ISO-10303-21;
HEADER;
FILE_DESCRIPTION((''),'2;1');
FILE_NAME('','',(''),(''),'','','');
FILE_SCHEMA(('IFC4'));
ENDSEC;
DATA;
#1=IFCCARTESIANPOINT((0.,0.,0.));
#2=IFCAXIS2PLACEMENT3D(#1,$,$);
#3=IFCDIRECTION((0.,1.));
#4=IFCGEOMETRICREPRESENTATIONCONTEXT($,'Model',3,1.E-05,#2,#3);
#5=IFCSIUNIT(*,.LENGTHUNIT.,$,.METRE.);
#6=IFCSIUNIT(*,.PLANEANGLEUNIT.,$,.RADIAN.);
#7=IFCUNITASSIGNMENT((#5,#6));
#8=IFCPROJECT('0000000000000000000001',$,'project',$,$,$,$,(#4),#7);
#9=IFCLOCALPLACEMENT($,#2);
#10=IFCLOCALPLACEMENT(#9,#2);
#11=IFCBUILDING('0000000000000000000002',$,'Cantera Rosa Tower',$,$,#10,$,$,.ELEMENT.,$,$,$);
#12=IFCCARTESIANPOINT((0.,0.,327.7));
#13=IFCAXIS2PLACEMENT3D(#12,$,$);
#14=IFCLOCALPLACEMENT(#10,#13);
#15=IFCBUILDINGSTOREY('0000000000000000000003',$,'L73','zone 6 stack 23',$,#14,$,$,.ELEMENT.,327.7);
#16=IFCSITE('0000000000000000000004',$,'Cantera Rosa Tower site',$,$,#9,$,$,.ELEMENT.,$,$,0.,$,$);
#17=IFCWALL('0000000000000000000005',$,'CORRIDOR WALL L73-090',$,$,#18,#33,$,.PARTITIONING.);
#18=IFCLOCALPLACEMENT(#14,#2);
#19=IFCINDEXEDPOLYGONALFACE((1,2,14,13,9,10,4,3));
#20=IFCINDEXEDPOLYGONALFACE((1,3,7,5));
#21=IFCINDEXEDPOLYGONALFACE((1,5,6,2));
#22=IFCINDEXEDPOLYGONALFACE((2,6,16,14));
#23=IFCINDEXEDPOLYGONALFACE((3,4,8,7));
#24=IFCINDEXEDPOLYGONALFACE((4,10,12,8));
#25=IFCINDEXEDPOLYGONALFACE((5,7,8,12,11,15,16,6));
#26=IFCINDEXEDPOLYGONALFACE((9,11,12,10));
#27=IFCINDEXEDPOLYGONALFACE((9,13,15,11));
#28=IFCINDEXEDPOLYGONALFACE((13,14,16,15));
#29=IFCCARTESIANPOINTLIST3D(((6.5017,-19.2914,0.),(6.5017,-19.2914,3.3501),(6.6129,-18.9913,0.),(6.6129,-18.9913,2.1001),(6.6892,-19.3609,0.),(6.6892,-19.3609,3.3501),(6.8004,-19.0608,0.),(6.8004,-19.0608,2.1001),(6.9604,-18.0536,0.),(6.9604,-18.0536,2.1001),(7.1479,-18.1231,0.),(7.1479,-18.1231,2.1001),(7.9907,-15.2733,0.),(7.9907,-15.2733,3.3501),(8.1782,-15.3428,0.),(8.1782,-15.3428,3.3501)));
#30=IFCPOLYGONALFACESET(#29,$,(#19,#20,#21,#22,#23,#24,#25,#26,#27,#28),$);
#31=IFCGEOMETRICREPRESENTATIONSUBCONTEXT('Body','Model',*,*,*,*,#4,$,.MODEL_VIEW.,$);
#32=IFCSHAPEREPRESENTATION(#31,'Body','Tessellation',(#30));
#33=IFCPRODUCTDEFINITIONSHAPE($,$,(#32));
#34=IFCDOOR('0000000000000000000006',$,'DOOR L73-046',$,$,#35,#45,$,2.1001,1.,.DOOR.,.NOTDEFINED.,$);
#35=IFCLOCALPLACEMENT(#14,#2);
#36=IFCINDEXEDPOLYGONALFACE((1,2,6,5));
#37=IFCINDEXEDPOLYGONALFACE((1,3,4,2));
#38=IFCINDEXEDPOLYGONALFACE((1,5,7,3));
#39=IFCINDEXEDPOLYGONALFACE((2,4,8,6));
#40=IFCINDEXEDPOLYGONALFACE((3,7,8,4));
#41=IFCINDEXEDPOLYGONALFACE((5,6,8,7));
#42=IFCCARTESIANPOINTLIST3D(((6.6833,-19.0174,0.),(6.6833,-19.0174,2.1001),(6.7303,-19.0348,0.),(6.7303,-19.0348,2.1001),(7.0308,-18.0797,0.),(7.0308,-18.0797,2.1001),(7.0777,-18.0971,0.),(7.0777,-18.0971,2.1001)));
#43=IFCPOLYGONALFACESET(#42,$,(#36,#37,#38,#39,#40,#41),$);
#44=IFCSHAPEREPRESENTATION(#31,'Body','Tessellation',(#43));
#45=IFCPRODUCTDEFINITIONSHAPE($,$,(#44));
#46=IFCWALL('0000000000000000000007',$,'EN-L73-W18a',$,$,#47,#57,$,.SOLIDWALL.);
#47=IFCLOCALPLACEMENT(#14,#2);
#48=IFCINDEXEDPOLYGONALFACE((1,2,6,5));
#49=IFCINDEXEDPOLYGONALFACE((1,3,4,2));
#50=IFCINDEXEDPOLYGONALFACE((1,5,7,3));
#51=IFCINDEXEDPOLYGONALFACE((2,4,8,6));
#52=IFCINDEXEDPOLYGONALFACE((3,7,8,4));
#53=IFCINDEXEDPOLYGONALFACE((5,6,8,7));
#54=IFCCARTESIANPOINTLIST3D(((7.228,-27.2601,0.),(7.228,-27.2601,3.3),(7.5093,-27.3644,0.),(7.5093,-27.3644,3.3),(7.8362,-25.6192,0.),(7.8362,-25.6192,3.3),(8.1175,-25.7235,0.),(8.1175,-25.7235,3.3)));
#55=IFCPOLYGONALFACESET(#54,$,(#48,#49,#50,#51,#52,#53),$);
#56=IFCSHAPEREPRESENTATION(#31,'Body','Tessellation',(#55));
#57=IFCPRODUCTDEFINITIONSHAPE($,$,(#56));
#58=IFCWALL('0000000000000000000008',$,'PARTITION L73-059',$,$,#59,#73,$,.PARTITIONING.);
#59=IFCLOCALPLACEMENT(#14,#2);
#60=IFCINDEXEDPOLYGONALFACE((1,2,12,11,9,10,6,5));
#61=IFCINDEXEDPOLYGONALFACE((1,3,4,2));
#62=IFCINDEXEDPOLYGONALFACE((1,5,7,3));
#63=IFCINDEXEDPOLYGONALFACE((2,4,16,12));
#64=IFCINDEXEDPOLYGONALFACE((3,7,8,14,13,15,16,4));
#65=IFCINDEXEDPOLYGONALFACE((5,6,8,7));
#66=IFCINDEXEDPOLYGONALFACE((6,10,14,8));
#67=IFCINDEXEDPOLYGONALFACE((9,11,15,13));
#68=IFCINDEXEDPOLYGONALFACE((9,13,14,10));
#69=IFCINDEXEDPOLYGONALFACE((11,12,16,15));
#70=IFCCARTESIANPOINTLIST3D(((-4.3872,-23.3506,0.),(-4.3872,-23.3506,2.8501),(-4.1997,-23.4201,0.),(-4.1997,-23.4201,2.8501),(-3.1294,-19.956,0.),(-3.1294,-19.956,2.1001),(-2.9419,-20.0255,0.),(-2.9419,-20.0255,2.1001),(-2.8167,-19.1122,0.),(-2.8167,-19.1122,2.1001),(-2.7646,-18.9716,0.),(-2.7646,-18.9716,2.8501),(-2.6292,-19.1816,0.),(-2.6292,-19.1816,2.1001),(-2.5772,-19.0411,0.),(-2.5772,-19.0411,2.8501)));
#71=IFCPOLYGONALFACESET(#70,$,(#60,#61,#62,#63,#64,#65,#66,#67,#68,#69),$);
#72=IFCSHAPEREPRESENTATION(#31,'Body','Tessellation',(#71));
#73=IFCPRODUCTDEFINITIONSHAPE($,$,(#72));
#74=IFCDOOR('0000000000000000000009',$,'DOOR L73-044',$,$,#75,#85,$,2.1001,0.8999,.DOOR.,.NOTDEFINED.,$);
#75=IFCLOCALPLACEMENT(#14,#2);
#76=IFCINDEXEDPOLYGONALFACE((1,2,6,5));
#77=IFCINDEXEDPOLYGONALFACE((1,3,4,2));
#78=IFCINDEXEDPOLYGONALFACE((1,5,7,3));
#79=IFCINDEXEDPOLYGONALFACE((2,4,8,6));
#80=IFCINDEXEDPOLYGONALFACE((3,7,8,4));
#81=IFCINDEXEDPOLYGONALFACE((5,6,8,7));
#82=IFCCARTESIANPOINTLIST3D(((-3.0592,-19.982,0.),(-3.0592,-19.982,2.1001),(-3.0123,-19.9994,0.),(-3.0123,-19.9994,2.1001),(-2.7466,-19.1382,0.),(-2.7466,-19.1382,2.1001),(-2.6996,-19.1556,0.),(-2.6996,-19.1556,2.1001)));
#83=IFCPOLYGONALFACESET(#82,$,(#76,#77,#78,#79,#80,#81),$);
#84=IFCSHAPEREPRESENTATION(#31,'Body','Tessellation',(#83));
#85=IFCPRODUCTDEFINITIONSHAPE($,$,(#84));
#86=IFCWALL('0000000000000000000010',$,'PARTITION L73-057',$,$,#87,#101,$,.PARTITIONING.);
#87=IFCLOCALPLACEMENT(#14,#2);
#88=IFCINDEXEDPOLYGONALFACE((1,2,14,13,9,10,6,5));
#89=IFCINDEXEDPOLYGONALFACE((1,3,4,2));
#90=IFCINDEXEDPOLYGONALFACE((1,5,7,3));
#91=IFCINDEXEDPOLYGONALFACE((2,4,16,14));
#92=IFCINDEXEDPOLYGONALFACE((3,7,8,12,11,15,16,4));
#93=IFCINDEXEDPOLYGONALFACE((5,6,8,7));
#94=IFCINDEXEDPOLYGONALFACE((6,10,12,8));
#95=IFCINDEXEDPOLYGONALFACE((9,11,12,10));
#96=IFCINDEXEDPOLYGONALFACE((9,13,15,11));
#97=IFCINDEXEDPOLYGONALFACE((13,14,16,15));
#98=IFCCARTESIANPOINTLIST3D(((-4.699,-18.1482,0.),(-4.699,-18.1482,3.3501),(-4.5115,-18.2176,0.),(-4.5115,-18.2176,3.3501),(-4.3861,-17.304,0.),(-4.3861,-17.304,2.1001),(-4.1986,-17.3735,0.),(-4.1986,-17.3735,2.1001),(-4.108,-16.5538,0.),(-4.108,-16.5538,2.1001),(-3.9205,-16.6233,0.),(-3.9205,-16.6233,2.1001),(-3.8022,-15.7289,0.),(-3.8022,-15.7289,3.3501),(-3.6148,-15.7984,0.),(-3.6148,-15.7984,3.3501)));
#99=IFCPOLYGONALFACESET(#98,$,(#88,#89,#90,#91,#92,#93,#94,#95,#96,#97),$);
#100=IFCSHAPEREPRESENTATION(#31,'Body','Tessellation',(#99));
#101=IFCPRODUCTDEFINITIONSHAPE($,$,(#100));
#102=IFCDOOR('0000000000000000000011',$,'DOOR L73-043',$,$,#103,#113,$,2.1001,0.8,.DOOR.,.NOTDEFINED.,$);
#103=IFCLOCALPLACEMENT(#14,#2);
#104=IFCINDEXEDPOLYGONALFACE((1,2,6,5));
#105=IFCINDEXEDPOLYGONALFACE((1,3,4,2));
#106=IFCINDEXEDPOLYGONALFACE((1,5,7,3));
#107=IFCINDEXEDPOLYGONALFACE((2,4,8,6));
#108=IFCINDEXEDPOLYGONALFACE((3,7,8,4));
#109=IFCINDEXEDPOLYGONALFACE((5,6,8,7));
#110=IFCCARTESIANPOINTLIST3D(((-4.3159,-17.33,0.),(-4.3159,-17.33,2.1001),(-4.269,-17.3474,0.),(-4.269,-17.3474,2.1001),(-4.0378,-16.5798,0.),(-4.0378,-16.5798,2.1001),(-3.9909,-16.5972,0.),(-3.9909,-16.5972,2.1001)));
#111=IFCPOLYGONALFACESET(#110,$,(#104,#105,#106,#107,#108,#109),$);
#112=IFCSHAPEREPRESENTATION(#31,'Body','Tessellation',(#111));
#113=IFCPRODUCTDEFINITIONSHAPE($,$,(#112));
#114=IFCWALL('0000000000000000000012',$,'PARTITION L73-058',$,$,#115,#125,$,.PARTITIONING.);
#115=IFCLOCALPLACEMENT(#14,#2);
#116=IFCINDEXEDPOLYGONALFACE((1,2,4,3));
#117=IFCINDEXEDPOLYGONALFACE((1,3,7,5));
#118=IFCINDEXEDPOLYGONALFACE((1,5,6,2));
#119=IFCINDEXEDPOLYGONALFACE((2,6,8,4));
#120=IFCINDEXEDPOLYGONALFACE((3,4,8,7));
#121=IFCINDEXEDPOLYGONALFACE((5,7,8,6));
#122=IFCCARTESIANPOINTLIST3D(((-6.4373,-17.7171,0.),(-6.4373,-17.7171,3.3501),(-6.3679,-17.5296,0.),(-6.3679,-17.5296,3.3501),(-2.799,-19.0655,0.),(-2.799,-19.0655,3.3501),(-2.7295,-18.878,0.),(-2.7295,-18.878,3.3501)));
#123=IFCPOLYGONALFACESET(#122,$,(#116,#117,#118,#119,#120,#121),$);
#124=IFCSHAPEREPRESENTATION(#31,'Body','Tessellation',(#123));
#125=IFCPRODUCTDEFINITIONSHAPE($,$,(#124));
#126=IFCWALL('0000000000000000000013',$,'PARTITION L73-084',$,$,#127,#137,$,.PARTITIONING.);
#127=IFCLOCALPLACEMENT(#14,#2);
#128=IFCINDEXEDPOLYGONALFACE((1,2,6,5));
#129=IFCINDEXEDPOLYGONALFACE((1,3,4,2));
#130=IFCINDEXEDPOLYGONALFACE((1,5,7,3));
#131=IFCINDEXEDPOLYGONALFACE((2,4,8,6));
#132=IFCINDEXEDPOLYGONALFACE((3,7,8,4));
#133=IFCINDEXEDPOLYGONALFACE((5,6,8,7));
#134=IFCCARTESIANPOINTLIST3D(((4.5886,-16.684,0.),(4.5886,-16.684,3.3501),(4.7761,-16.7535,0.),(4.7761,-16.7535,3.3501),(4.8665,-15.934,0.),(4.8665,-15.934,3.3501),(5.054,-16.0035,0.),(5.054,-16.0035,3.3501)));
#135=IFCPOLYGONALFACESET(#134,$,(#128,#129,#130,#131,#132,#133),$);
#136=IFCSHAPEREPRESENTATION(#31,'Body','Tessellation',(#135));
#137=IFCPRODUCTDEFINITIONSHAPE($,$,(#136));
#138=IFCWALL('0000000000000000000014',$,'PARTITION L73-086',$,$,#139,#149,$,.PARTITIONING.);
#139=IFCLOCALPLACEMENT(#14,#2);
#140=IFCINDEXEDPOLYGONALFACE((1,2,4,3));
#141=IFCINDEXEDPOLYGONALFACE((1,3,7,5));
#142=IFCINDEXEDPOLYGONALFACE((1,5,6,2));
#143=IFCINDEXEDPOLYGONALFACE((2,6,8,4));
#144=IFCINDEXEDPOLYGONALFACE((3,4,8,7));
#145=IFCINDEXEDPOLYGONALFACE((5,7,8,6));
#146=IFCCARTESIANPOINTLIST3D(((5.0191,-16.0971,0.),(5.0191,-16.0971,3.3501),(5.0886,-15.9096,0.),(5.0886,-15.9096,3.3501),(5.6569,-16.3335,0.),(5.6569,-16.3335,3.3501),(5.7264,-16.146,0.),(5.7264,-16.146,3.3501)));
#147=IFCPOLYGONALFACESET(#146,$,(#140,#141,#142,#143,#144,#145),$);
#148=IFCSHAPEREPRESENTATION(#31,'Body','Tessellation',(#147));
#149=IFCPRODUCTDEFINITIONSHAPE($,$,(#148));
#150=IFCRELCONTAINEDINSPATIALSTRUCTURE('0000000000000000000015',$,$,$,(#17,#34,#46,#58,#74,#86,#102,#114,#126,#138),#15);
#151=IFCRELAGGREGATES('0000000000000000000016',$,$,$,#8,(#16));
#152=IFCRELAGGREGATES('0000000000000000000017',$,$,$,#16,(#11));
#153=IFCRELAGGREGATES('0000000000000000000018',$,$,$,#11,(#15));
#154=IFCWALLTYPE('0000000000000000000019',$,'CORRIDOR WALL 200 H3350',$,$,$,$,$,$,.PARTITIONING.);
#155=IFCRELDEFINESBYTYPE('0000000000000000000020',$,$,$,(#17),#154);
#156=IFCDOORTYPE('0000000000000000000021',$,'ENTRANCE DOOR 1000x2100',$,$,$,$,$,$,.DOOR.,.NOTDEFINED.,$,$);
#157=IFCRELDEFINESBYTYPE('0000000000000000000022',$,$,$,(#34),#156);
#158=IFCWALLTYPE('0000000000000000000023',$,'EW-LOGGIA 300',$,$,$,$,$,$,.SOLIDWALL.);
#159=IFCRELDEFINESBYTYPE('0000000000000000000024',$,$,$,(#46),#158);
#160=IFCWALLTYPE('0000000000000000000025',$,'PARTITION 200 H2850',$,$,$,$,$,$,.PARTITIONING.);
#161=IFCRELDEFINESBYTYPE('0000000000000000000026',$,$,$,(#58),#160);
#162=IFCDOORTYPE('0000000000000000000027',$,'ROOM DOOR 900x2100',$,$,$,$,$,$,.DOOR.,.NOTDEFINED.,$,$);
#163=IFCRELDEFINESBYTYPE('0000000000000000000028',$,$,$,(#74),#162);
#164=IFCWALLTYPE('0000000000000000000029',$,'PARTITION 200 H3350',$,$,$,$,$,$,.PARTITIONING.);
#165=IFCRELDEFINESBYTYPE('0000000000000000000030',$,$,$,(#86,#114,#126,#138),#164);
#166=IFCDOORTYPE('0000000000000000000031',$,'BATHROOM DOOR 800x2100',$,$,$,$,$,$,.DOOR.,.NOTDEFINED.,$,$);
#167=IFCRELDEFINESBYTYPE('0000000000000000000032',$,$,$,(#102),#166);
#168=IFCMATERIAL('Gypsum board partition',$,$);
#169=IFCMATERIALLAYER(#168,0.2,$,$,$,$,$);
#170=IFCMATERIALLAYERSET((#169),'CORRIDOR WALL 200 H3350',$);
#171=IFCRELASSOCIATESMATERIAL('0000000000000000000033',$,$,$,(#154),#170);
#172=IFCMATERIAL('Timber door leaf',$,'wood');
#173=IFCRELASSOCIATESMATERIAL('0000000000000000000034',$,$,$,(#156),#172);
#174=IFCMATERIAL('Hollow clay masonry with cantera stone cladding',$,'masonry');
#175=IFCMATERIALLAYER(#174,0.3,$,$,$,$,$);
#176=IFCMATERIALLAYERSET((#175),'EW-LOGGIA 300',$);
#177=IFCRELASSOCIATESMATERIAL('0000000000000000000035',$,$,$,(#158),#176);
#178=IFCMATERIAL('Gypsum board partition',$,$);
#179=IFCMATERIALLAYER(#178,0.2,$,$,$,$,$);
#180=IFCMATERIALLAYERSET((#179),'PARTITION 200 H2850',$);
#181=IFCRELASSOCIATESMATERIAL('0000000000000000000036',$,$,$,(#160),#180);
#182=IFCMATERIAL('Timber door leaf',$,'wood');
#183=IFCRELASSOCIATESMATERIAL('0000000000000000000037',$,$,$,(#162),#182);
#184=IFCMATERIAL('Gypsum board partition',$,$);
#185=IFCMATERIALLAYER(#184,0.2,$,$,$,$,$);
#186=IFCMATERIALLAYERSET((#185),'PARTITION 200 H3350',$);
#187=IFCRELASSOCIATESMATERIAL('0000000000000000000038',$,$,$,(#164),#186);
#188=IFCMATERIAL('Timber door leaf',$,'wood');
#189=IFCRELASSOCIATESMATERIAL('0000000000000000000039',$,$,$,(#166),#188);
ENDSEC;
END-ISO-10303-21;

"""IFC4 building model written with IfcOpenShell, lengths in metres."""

from ifc_helpers import new_model, si_unit, direction, frame, frame_2d, origin, place, context, subcontext, project, spatial, rectangle, extrude, material, layer, layer_set, type_object, element, fill, save


model = new_model("IFC4")

# Units and contexts
model_context = context("Model", 3, precision=1e-05, world=origin(), true_north=direction((0.0, 1.0)))
body_context = subcontext(model_context, "Body", "Model", "MODEL_VIEW")
ifc_project = project(units=[si_unit("LENGTHUNIT", "METRE"), si_unit("PLANEANGLEUNIT", "RADIAN")], contexts=[model_context])

# Site, building, storey
site_placement = place(None, origin())
site = spatial("IfcSite", under=ifc_project, at=site_placement, Name="Cantera Rosa Tower site", CompositionType="ELEMENT", RefElevation=0.0)
building_placement = place(site_placement, origin())
building = spatial("IfcBuilding", under=site, at=building_placement, Name="Cantera Rosa Tower", CompositionType="ELEMENT")
storey_placement = place(building_placement, frame((0.0, 0.0, 327.7)))
storey = spatial("IfcBuildingStorey", under=building, at=storey_placement, Name="L73", Description="zone 6 stack 23", CompositionType="ELEMENT", Elevation=327.7)

# Shared definitions
ifc_material_1 = material(Name="Gypsum board partition")
ifc_layer_1 = layer(ifc_material_1, 0.2)
ifc_layer_set_1 = layer_set([ifc_layer_1], Name="CORRIDOR WALL 200 H3350")
wall_type_1 = type_object("IfcWallType", Name="CORRIDOR WALL 200 H3350", PredefinedType="PARTITIONING", material=ifc_layer_set_1)

# Wall, opening, door
wall_1_placement = place(storey_placement, frame((6.5955, -19.3262, 0.0), z_axis=(0.0, 0.0, 1.0), x_axis=(0.347487, 0.937685, 0.0)))
wall_1 = element("IfcWall", 1, at=wall_1_placement, inside=storey, type_object=wall_type_1, Name="CORRIDOR WALL L73-090", PredefinedType="PARTITIONING", context=body_context, shape_type="SweptSolid", body=[
    extrude(rectangle(XDim=4.2852, YDim=0.2, at=frame_2d((2.1426, 0.0))), origin(), (0.0, 0.0, 1.0), 3.3501),
])
opening_1_placement = place(wall_1_placement, frame((0.3201, 0.0, 0.0)))
opening_1 = element("IfcOpeningElement", 2, at=opening_1_placement, cuts=wall_1, PredefinedType="OPENING", context=body_context, shape_type="SweptSolid", body=[
    extrude(rectangle(XDim=1.0, YDim=2.1001, at=frame_2d((0.5, 1.05))), frame((0.0, 0.1099, 0.0), z_axis=(0.0, -1.0, 0.0), x_axis=(1.0, 0.0, 0.0)), (0.0, 0.0, 1.0), 0.22),
])
ifc_material_2 = material(Name="Timber door leaf", Category="wood")
door_type_1 = type_object("IfcDoorType", Name="ENTRANCE DOOR 1000x2100", OperationType="NOTDEFINED", PredefinedType="DOOR", material=ifc_material_2)
door_1_placement = place(opening_1_placement, origin())
door_1 = element("IfcDoor", 3, at=door_1_placement, inside=storey, type_object=door_type_1, Name="DOOR L73-046", OperationType="NOTDEFINED", OverallHeight=2.1001, OverallWidth=1.0, PredefinedType="DOOR", context=body_context, shape_type="SweptSolid", body=[
    extrude(rectangle(XDim=1.0, YDim=2.1001, at=frame_2d((0.5, 1.05))), frame((0.0, 0.0249, 0.0), z_axis=(0.0, -1.0, 0.0), x_axis=(1.0, 0.0, 0.0)), (0.0, 0.0, 1.0), 0.05),
])
fill(opening_1, door_1)

# Wall
ifc_material_3 = material(Name="Hollow clay masonry with cantera stone cladding", Category="masonry")
ifc_layer_2 = layer(ifc_material_3, 0.3)
ifc_layer_set_2 = layer_set([ifc_layer_2], Name="EW-LOGGIA 300")
wall_type_2 = type_object("IfcWallType", Name="EW-LOGGIA 300", PredefinedType="SOLIDWALL", material=ifc_layer_set_2)
wall_2_placement = place(storey_placement, frame((7.3687, -27.3123, 0.0), z_axis=(0.0, 0.0, 1.0), x_axis=(0.347528, 0.93767, 0.0)))
element("IfcWall", 4, at=wall_2_placement, inside=storey, type_object=wall_type_2, Name="EN-L73-W18a", PredefinedType="SOLIDWALL", context=body_context, shape_type="SweptSolid", body=[
    extrude(rectangle(XDim=1.75, YDim=0.3, at=frame_2d((0.875, 0.0))), origin(), (0.0, 0.0, 1.0), 3.3),
])

# Walls, openings, doors
ifc_material_4 = material(Name="Gypsum board partition")
ifc_layer_3 = layer(ifc_material_4, 0.2)
ifc_layer_set_3 = layer_set([ifc_layer_3], Name="PARTITION 200 H2850")
wall_type_3 = type_object("IfcWallType", Name="PARTITION 200 H2850", PredefinedType="PARTITIONING", material=ifc_layer_set_3)
wall_3_placement = place(storey_placement, frame((-2.6709, -19.0063, 0.0), z_axis=(0.0, 0.0, 1.0), x_axis=(-0.347454, -0.937697, 0.0)))
wall_3 = element("IfcWall", 5, at=wall_3_placement, inside=storey, type_object=wall_type_3, Name="PARTITION L73-059", PredefinedType="PARTITIONING", context=body_context, shape_type="SweptSolid", body=[
    extrude(rectangle(XDim=4.6699, YDim=0.2, at=frame_2d((2.335, 0.0))), origin(), (0.0, 0.0, 1.0), 2.8501),
])
opening_2_placement = place(wall_3_placement, frame((0.1499, 0.0, 0.0)))
opening_2 = element("IfcOpeningElement", 6, at=opening_2_placement, cuts=wall_3, PredefinedType="OPENING", context=body_context, shape_type="SweptSolid", body=[
    extrude(rectangle(XDim=0.8999, YDim=2.1001, at=frame_2d((0.45, 1.05))), frame((0.0, 0.1099, 0.0), z_axis=(0.0, -1.0, 0.0), x_axis=(1.0, 0.0, 0.0)), (0.0, 0.0, 1.0), 0.22),
])
ifc_material_5 = material(Name="Timber door leaf", Category="wood")
door_type_2 = type_object("IfcDoorType", Name="ROOM DOOR 900x2100", OperationType="NOTDEFINED", PredefinedType="DOOR", material=ifc_material_5)
door_2_placement = place(opening_2_placement, origin())
door_2 = element("IfcDoor", 7, at=door_2_placement, inside=storey, type_object=door_type_2, Name="DOOR L73-044", OperationType="NOTDEFINED", OverallHeight=2.1001, OverallWidth=0.8999, PredefinedType="DOOR", context=body_context, shape_type="SweptSolid", body=[
    extrude(rectangle(XDim=0.8999, YDim=2.1001, at=frame_2d((0.45, 1.05))), frame((0.0, 0.0249, 0.0), z_axis=(0.0, -1.0, 0.0), x_axis=(1.0, 0.0, 0.0)), (0.0, 0.0, 1.0), 0.05),
])
fill(opening_2, door_2)
ifc_material_6 = material(Name="Gypsum board partition")
ifc_layer_4 = layer(ifc_material_6, 0.2)
ifc_layer_set_4 = layer_set([ifc_layer_4], Name="PARTITION 200 H3350")
wall_type_4 = type_object("IfcWallType", Name="PARTITION 200 H3350", PredefinedType="PARTITIONING", material=ifc_layer_set_4)
wall_4_placement = place(storey_placement, frame((-3.7085, -15.7637, 0.0), z_axis=(0.0, 0.0, 1.0), x_axis=(-0.347564, -0.937656, 0.0)))
wall_4 = element("IfcWall", 8, at=wall_4_placement, inside=storey, type_object=wall_type_4, Name="PARTITION L73-057", PredefinedType="PARTITIONING", context=body_context, shape_type="SweptSolid", body=[
    extrude(rectangle(XDim=2.5801, YDim=0.2, at=frame_2d((1.29, 0.0))), origin(), (0.0, 0.0, 1.0), 3.3501),
])
opening_3_placement = place(wall_4_placement, frame((0.8799, 0.0, 0.0)))
opening_3 = element("IfcOpeningElement", 9, at=opening_3_placement, cuts=wall_4, PredefinedType="OPENING", context=body_context, shape_type="SweptSolid", body=[
    extrude(rectangle(XDim=0.8, YDim=2.1001, at=frame_2d((0.3999, 1.05))), frame((0.0, 0.1099, 0.0), z_axis=(0.0, -1.0, 0.0), x_axis=(1.0, 0.0, 0.0)), (0.0, 0.0, 1.0), 0.22),
])
ifc_material_7 = material(Name="Timber door leaf", Category="wood")
door_type_3 = type_object("IfcDoorType", Name="BATHROOM DOOR 800x2100", OperationType="NOTDEFINED", PredefinedType="DOOR", material=ifc_material_7)
door_3_placement = place(opening_3_placement, origin())
door_3 = element("IfcDoor", 10, at=door_3_placement, inside=storey, type_object=door_type_3, Name="DOOR L73-043", OperationType="NOTDEFINED", OverallHeight=2.1001, OverallWidth=0.8, PredefinedType="DOOR", context=body_context, shape_type="SweptSolid", body=[
    extrude(rectangle(XDim=0.8, YDim=2.1001, at=frame_2d((0.3999, 1.05))), frame((0.0, 0.0249, 0.0), z_axis=(0.0, -1.0, 0.0), x_axis=(1.0, 0.0, 0.0)), (0.0, 0.0, 1.0), 0.05),
])
fill(opening_3, door_3)

# Walls
wall_5_placement = place(storey_placement, frame((-2.7644, -18.9717, 0.0), z_axis=(0.0, 0.0, 1.0), x_axis=(-0.93768, 0.347501, 0.0)))
element("IfcWall", 11, at=wall_5_placement, inside=storey, type_object=wall_type_4, Name="PARTITION L73-058", PredefinedType="PARTITIONING", context=body_context, shape_type="SweptSolid", body=[
    extrude(rectangle(XDim=3.8801, YDim=0.2, at=frame_2d((1.9399, 0.0))), origin(), (0.0, 0.0, 1.0), 3.3501),
])
wall_6_placement = place(storey_placement, frame((4.9602, -15.9688, 0.0), z_axis=(0.0, 0.0, 1.0), x_axis=(-0.347374, -0.937727, 0.0)))
element("IfcWall", 12, at=wall_6_placement, inside=storey, type_object=wall_type_4, Name="PARTITION L73-084", PredefinedType="PARTITIONING", context=body_context, shape_type="SweptSolid", body=[
    extrude(rectangle(XDim=0.7998, YDim=0.2, at=frame_2d((0.3999, 0.0))), origin(), (0.0, 0.0, 1.0), 3.3501),
])
wall_7_placement = place(storey_placement, frame((5.6917, -16.2397, 0.0), z_axis=(0.0, 0.0, 1.0), x_axis=(-0.937679, 0.347501, 0.0)))
element("IfcWall", 13, at=wall_7_placement, inside=storey, type_object=wall_type_4, Name="PARTITION L73-086", PredefinedType="PARTITIONING", context=body_context, shape_type="SweptSolid", body=[
    extrude(rectangle(XDim=0.6802, YDim=0.2, at=frame_2d((0.3401, 0.0))), origin(), (0.0, 0.0, 1.0), 3.3501),
])

save(model, "model.ifc")
